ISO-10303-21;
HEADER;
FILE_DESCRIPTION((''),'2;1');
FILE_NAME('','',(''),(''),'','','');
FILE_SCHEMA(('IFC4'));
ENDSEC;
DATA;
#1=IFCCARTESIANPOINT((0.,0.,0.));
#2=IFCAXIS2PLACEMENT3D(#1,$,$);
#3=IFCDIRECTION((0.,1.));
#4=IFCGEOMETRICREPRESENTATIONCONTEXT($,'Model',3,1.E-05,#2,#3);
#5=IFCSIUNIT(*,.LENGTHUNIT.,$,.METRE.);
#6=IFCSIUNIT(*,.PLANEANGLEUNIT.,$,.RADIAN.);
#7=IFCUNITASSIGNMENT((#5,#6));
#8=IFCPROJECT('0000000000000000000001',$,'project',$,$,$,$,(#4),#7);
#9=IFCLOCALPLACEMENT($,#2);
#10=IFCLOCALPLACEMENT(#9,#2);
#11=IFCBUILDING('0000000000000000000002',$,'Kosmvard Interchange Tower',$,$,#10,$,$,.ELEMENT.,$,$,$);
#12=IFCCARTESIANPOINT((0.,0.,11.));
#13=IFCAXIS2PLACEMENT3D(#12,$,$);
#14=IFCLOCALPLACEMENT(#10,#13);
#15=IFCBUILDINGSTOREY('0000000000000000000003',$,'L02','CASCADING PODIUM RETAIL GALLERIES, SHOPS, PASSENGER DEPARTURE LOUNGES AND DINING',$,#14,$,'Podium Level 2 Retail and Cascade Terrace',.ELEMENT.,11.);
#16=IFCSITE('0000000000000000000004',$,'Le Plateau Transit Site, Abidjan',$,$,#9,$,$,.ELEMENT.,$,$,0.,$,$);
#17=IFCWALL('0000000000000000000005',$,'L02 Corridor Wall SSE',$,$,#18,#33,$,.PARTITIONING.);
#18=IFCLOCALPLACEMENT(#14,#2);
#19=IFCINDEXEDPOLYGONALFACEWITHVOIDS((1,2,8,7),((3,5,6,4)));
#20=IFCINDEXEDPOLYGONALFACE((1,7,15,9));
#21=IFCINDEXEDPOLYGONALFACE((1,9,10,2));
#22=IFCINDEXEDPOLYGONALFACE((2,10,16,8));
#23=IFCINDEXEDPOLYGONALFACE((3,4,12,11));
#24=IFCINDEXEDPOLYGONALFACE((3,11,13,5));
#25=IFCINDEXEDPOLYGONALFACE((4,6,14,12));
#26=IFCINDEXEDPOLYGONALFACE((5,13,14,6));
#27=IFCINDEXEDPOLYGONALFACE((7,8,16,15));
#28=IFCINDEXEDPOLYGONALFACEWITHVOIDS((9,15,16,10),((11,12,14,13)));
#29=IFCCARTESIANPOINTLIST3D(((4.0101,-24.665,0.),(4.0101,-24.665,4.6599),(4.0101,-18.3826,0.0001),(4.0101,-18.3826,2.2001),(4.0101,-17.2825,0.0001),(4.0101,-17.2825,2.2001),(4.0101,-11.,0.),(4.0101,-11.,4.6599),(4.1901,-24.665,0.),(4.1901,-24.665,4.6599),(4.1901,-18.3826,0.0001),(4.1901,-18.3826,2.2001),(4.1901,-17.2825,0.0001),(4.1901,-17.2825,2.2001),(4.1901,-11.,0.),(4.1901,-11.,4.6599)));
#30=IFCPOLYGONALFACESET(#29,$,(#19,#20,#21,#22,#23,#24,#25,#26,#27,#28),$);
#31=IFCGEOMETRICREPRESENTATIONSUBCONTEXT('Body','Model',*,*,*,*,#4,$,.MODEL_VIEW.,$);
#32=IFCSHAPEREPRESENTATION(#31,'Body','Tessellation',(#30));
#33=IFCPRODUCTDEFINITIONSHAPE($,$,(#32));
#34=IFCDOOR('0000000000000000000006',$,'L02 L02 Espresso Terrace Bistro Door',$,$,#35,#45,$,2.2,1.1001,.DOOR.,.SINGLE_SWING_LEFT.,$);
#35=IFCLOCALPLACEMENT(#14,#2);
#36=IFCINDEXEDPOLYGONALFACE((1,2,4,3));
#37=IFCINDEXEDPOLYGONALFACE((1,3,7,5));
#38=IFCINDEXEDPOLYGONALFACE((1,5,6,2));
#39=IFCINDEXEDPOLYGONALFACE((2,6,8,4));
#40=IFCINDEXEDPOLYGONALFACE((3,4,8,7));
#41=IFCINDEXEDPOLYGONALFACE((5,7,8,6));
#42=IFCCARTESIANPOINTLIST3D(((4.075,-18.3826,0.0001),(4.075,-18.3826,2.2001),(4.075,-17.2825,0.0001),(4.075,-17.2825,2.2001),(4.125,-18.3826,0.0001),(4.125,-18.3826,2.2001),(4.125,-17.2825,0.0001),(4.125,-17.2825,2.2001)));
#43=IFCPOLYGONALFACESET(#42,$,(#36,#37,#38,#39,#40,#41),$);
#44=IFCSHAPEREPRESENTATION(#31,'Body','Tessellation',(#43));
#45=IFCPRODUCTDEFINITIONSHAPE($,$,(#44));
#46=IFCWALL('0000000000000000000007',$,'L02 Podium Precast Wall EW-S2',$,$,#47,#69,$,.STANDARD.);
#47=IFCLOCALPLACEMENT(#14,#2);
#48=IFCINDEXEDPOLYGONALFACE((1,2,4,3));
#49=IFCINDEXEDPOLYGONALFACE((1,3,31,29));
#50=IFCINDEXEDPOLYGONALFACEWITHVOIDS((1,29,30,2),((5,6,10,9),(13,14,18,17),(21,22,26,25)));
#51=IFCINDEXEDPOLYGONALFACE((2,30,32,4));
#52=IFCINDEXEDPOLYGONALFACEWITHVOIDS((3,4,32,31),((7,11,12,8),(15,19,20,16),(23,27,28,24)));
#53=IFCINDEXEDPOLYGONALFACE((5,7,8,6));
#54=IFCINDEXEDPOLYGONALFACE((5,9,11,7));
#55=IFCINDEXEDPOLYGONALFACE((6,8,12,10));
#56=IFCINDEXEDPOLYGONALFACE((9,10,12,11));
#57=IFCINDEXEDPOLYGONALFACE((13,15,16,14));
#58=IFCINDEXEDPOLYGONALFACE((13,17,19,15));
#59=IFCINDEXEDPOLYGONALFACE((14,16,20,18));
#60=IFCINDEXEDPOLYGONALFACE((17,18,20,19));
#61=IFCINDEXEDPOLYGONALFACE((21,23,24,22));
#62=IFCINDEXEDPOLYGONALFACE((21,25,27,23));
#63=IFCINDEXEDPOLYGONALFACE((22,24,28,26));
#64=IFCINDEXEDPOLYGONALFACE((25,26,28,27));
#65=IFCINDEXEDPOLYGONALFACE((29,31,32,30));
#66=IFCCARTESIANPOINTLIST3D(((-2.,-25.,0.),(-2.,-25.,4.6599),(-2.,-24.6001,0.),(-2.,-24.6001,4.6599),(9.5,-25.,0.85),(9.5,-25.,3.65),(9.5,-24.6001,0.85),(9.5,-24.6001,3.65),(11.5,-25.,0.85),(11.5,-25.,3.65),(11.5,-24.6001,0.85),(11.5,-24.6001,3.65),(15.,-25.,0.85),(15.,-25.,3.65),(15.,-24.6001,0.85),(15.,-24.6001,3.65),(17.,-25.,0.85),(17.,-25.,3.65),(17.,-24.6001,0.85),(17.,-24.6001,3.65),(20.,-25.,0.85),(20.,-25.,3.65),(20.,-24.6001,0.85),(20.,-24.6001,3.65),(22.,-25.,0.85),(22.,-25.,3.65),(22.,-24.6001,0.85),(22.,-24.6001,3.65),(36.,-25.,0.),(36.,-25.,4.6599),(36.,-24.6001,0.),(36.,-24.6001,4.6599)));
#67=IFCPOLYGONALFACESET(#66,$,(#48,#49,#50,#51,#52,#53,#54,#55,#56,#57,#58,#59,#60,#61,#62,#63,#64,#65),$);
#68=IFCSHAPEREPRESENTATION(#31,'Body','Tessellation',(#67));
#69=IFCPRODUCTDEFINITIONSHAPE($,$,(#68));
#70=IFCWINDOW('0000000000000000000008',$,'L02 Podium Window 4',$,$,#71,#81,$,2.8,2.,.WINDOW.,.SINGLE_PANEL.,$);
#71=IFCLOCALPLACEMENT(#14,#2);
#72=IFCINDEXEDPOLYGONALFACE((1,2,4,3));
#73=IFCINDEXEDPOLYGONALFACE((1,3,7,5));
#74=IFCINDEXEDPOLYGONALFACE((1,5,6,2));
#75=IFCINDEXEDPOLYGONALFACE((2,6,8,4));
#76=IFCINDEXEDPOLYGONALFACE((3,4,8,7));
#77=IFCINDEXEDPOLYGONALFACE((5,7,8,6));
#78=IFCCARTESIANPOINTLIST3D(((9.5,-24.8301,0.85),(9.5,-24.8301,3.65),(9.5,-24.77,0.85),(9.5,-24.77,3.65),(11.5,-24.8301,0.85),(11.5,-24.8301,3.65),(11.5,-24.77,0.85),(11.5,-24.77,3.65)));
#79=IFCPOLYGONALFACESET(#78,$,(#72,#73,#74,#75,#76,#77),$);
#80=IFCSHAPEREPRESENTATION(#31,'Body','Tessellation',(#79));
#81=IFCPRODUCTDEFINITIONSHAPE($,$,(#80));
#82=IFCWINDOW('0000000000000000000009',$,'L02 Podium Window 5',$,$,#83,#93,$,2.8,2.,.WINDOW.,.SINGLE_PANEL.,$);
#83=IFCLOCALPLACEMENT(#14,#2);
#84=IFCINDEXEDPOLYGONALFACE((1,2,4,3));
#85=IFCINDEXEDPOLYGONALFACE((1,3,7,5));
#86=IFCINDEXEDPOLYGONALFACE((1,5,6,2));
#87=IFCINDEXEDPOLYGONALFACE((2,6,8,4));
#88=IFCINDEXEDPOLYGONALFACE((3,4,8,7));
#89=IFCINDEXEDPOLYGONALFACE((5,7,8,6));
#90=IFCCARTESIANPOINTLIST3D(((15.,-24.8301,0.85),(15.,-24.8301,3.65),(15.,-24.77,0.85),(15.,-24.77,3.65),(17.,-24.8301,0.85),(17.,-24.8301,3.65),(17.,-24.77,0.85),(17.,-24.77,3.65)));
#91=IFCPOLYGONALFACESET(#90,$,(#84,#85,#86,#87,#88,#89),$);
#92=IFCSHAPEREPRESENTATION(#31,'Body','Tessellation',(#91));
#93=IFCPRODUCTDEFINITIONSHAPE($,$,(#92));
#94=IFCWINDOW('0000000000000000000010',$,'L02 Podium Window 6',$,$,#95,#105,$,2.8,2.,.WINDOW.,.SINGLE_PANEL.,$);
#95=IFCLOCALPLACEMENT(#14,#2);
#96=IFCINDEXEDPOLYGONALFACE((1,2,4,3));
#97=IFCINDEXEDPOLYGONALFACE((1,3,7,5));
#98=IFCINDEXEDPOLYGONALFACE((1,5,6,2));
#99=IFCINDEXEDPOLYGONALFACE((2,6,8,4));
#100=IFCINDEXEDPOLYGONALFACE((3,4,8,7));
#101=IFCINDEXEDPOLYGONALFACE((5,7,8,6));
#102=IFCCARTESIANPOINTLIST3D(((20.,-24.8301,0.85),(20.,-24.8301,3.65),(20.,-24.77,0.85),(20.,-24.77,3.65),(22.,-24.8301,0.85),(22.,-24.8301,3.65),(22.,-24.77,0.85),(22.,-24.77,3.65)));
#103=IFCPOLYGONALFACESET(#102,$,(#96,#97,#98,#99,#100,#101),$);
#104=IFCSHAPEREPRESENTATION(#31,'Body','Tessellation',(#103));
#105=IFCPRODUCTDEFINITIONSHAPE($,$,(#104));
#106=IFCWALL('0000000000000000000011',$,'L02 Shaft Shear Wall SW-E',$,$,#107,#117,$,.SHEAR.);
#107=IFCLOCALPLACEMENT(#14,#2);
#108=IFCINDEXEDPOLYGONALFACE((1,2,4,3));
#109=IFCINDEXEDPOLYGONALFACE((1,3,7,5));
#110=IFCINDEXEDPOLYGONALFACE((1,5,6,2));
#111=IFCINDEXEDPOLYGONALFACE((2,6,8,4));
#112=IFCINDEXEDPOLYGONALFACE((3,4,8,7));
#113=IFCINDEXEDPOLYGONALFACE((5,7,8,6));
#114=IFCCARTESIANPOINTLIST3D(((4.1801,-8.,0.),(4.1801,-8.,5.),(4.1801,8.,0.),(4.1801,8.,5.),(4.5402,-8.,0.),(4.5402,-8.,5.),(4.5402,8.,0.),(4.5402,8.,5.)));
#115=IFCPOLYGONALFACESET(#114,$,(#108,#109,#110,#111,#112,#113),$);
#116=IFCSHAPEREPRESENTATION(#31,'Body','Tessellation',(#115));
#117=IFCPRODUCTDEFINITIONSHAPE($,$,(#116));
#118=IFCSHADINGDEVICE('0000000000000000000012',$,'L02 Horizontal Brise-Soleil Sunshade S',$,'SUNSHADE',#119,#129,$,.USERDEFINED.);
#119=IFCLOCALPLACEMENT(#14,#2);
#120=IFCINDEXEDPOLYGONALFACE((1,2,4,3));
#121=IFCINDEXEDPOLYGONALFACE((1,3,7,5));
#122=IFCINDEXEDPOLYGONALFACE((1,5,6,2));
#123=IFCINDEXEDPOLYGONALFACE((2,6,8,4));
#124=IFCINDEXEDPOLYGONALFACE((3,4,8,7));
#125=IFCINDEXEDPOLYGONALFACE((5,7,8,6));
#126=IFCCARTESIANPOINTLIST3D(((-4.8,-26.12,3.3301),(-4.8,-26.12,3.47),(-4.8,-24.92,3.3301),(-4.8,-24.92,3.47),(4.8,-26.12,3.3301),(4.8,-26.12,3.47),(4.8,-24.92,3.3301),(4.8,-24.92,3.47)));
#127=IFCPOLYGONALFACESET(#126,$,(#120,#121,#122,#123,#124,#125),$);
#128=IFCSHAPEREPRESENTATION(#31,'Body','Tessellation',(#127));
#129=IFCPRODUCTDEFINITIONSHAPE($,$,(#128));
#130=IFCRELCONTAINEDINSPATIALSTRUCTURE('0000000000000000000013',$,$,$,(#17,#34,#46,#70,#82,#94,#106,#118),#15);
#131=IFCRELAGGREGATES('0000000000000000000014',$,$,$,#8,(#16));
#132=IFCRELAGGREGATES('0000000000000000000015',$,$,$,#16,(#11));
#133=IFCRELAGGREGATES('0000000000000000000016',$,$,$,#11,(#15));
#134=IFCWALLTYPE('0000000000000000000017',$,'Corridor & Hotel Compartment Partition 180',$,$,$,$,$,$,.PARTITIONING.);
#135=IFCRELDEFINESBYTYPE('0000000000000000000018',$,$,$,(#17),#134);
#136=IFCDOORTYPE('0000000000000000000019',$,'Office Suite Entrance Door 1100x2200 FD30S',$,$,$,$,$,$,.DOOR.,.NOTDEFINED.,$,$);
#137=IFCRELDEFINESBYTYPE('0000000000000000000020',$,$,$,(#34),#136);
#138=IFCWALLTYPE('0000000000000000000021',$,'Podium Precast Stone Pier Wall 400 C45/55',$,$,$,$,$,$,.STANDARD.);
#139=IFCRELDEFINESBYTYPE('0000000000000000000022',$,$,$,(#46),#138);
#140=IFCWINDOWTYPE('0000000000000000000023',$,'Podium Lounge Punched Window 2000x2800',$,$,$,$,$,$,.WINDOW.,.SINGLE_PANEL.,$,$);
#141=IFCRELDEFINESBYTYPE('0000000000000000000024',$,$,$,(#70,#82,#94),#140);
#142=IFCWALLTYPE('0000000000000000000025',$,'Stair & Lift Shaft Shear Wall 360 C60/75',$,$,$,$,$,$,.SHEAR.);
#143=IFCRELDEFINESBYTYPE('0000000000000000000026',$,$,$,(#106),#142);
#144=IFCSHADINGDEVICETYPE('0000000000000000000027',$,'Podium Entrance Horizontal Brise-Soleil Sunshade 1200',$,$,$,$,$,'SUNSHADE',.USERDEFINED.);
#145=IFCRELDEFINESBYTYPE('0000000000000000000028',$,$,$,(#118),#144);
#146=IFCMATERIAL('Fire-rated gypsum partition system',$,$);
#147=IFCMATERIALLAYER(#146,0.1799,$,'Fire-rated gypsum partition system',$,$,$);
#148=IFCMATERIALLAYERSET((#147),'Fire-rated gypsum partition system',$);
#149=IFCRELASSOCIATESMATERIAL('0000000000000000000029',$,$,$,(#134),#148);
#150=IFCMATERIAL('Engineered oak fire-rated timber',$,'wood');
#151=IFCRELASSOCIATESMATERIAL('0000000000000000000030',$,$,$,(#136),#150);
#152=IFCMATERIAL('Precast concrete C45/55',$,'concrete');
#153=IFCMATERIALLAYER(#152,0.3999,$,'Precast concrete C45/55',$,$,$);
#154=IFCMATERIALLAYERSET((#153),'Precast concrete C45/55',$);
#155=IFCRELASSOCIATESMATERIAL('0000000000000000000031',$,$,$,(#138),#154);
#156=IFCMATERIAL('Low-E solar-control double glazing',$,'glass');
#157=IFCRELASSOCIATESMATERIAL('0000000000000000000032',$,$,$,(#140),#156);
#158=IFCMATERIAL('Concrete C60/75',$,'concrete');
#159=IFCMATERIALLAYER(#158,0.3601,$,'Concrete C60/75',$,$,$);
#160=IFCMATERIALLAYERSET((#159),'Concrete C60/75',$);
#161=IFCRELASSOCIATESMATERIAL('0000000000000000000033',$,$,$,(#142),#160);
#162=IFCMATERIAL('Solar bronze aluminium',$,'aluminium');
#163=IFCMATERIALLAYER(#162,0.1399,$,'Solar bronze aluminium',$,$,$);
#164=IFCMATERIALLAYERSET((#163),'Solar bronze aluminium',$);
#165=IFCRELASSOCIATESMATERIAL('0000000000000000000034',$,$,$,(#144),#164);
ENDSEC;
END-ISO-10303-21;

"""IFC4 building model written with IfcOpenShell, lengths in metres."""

from ifc_helpers import new_model, si_unit, direction, frame, frame_2d, origin, origin_2d, place, context, subcontext, project, spatial, rectangle, extrude, source, transform, mapped, material, layer, layer_set, type_object, element, fill, save


model = new_model("IFC4")

# Units and contexts
model_context = context("Model", 3, precision=1e-05, world=origin(), true_north=direction((0.0, 1.0)))
body_context = subcontext(model_context, "Body", "Model", "MODEL_VIEW")
ifc_project = project(units=[si_unit("LENGTHUNIT", "METRE"), si_unit("PLANEANGLEUNIT", "RADIAN")], contexts=[model_context])

# Site, building, storey
site_placement = place(None, origin())
site = spatial("IfcSite", under=ifc_project, at=site_placement, Name="Le Plateau Transit Site, Abidjan", CompositionType="ELEMENT", RefElevation=0.0)
building_placement = place(site_placement, origin())
building = spatial("IfcBuilding", under=site, at=building_placement, Name="Kosmvard Interchange Tower", CompositionType="ELEMENT")
storey_placement = place(building_placement, frame((0.0, 0.0, 11.0)))
storey = spatial("IfcBuildingStorey", under=building, at=storey_placement, Name="L02", Description="CASCADING PODIUM RETAIL GALLERIES, SHOPS, PASSENGER DEPARTURE LOUNGES AND DINING", LongName="Podium Level 2 Retail and Cascade Terrace", CompositionType="ELEMENT", Elevation=11.0)

# Shared definitions
ifc_material_1 = material(Name="Concrete C60/75", Category="concrete")

# Shared definitions
ifc_material_2 = material(Name="Fire-rated gypsum partition system")
ifc_layer_1 = layer(ifc_material_2, 0.1799, Name="Fire-rated gypsum partition system")
ifc_layer_set_1 = layer_set([ifc_layer_1], Name="Fire-rated gypsum partition system")
wall_type_1 = type_object("IfcWallType", Name="Corridor & Hotel Compartment Partition 180", PredefinedType="PARTITIONING", material=ifc_layer_set_1)

# Wall, opening, door
ifc_material_3 = material(Name="Engineered oak fire-rated timber", Category="wood")
door_type = type_object("IfcDoorType", Name="Office Suite Entrance Door 1100x2200 FD30S", OperationType="NOTDEFINED", PredefinedType="DOOR", material=ifc_material_3)
shared_shape_1 = source(origin(), body_context, "Body", "SweptSolid", [
    extrude(rectangle(XDim=1.1001, YDim=2.2, at=frame_2d((0.55, 1.1001))), frame((0.0, 0.0249, 0.0), z_axis=(0.0, -1.0, 0.0), x_axis=(1.0, 0.0, 0.0)), (0.0, 0.0, 1.0), 0.05),
])
wall_1_placement = place(storey_placement, frame((4.1001, -24.665, 0.0), z_axis=(0.0, 0.0, 1.0), x_axis=(0.0, 1.0, 0.0)))
wall_1 = element("IfcWall", 1, at=wall_1_placement, inside=storey, type_object=wall_type_1, Name="L02 Corridor Wall SSE", PredefinedType="PARTITIONING", context=body_context, shape_type="SweptSolid", body=[
    extrude(rectangle(XDim=13.665, YDim=0.1799, at=frame_2d((6.8325, 0.0))), origin(), (0.0, 0.0, 1.0), 4.6599),
])
opening_1_placement = place(wall_1_placement, frame((6.2825, 0.0, 0.0)))
opening_1 = element("IfcOpeningElement", 2, at=opening_1_placement, cuts=wall_1, PredefinedType="OPENING", context=body_context, shape_type="SweptSolid", body=[
    extrude(rectangle(XDim=1.1001, YDim=2.2, at=frame_2d((0.55, 1.1001))), frame((0.0, 0.1001, 0.0), z_axis=(0.0, -1.0, 0.0), x_axis=(1.0, 0.0, 0.0)), (0.0, 0.0, 1.0), 0.2),
])
door_1_placement = place(opening_1_placement, frame((1.1001, 0.0, 0.0), z_axis=(0.0, 0.0, 1.0), x_axis=(-1.0, 0.0, 0.0)))
door_1 = element("IfcDoor", 3, at=door_1_placement, inside=storey, type_object=door_type, Name="L02 L02 Espresso Terrace Bistro Door", OperationType="SINGLE_SWING_LEFT", OverallHeight=2.2, OverallWidth=1.1001, PredefinedType="DOOR", context=body_context, shape_type="MappedRepresentation", body=[
    mapped(shared_shape_1, transform((0.0, 0.0, 0.0), scale=1.0)),
])
fill(opening_1, door_1)

# Wall, openings, windows
ifc_material_4 = material(Name="Precast concrete C45/55", Category="concrete")
ifc_layer_2 = layer(ifc_material_4, 0.3999, Name="Precast concrete C45/55")
ifc_layer_set_2 = layer_set([ifc_layer_2], Name="Precast concrete C45/55")
wall_type_2 = type_object("IfcWallType", Name="Podium Precast Stone Pier Wall 400 C45/55", PredefinedType="STANDARD", material=ifc_layer_set_2)
wall_2_placement = place(storey_placement, frame((-2.0, -24.8, 0.0), z_axis=(0.0, 0.0, 1.0), x_axis=(1.0, 0.0, 0.0)))
wall_2 = element("IfcWall", 4, at=wall_2_placement, inside=storey, type_object=wall_type_2, Name="L02 Podium Precast Wall EW-S2", PredefinedType="STANDARD", context=body_context, shape_type="SweptSolid", body=[
    extrude(rectangle(XDim=38.0, YDim=0.3999, at=frame_2d((19.0, 0.0))), origin(), (0.0, 0.0, 1.0), 4.6599),
])
opening_2_placement = place(wall_2_placement, frame((11.5, 0.0, 0.8501)))
opening_2 = element("IfcOpeningElement", 5, at=opening_2_placement, cuts=wall_2, PredefinedType="OPENING", context=body_context, shape_type="SweptSolid", body=[
    extrude(rectangle(XDim=2.0, YDim=2.8, at=frame_2d((1.0, 1.3999))), frame((0.0, 0.21, 0.0), z_axis=(0.0, -1.0, 0.0), x_axis=(1.0, 0.0, 0.0)), (0.0, 0.0, 1.0), 0.4199),
])
opening_3_placement = place(wall_2_placement, frame((17.0, 0.0, 0.8501)))
opening_3 = element("IfcOpeningElement", 6, at=opening_3_placement, cuts=wall_2, PredefinedType="OPENING", context=body_context, shape_type="SweptSolid", body=[
    extrude(rectangle(XDim=2.0, YDim=2.8, at=frame_2d((1.0, 1.3999))), frame((0.0, 0.21, 0.0), z_axis=(0.0, -1.0, 0.0), x_axis=(1.0, 0.0, 0.0)), (0.0, 0.0, 1.0), 0.4199),
])
opening_4_placement = place(wall_2_placement, frame((22.0, 0.0, 0.8501)))
opening_4 = element("IfcOpeningElement", 7, at=opening_4_placement, cuts=wall_2, PredefinedType="OPENING", context=body_context, shape_type="SweptSolid", body=[
    extrude(rectangle(XDim=2.0, YDim=2.8, at=frame_2d((1.0, 1.3999))), frame((0.0, 0.21, 0.0), z_axis=(0.0, -1.0, 0.0), x_axis=(1.0, 0.0, 0.0)), (0.0, 0.0, 1.0), 0.4199),
])
ifc_material_5 = material(Name="Low-E solar-control double glazing", Category="glass")
window_type = type_object("IfcWindowType", Name="Podium Lounge Punched Window 2000x2800", PartitioningType="SINGLE_PANEL", PredefinedType="WINDOW", material=ifc_material_5)
shared_shape_2 = source(origin(), body_context, "Body", "SweptSolid", [
    extrude(rectangle(XDim=2.0, YDim=2.8, at=frame_2d((1.0, 1.3999))), frame((0.0, 0.03, 0.0), z_axis=(0.0, -1.0, 0.0), x_axis=(1.0, 0.0, 0.0)), (0.0, 0.0, 1.0), 0.0601),
])
window_1_placement = place(opening_2_placement, origin())
window_1 = element("IfcWindow", 8, at=window_1_placement, inside=storey, type_object=window_type, Name="L02 Podium Window 4", OverallHeight=2.8, OverallWidth=2.0, PartitioningType="SINGLE_PANEL", PredefinedType="WINDOW", context=body_context, shape_type="MappedRepresentation", body=[
    mapped(shared_shape_2, transform((0.0, 0.0, 0.0), scale=1.0)),
])
fill(opening_2, window_1)
window_2_placement = place(opening_3_placement, origin())
window_2 = element("IfcWindow", 9, at=window_2_placement, inside=storey, type_object=window_type, Name="L02 Podium Window 5", OverallHeight=2.8, OverallWidth=2.0, PartitioningType="SINGLE_PANEL", PredefinedType="WINDOW", context=body_context, shape_type="MappedRepresentation", body=[
    mapped(shared_shape_2, transform((0.0, 0.0, 0.0), scale=1.0)),
])
fill(opening_3, window_2)
window_3_placement = place(opening_4_placement, origin())
window_3 = element("IfcWindow", 10, at=window_3_placement, inside=storey, type_object=window_type, Name="L02 Podium Window 6", OverallHeight=2.8, OverallWidth=2.0, PartitioningType="SINGLE_PANEL", PredefinedType="WINDOW", context=body_context, shape_type="MappedRepresentation", body=[
    mapped(shared_shape_2, transform((0.0, 0.0, 0.0), scale=1.0)),
])
fill(opening_4, window_3)

# Wall
ifc_layer_3 = layer(ifc_material_1, 0.3601, Name="Concrete C60/75")
ifc_layer_set_3 = layer_set([ifc_layer_3], Name="Concrete C60/75")
wall_type_3 = type_object("IfcWallType", Name="Stair & Lift Shaft Shear Wall 360 C60/75", PredefinedType="SHEAR", material=ifc_layer_set_3)
wall_3_placement = place(storey_placement, frame((4.3601, -8.0, 0.0), z_axis=(0.0, 0.0, 1.0), x_axis=(0.0, 1.0, 0.0)))
element("IfcWall", 11, at=wall_3_placement, inside=storey, type_object=wall_type_3, Name="L02 Shaft Shear Wall SW-E", PredefinedType="SHEAR", context=body_context, shape_type="SweptSolid", body=[
    extrude(rectangle(XDim=16.0, YDim=0.3601, at=frame_2d((8.0, 0.0))), origin(), (0.0, 0.0, 1.0), 5.0),
])

# Shading device
ifc_material_6 = material(Name="Solar bronze aluminium", Category="aluminium")
ifc_layer_4 = layer(ifc_material_6, 0.1399, Name="Solar bronze aluminium")
ifc_layer_set_4 = layer_set([ifc_layer_4], Name="Solar bronze aluminium")
shading_device_type = type_object("IfcShadingDeviceType", Name="Podium Entrance Horizontal Brise-Soleil Sunshade 1200", ElementType="SUNSHADE", PredefinedType="USERDEFINED", material=ifc_layer_set_4)
shared_shape_3 = source(origin(), body_context, "Body", "SweptSolid", [
    extrude(rectangle(XDim=9.6001, YDim=1.2, at=origin_2d()), origin(), (0.0, 0.0, 1.0), 0.1399),
])
shading_device_placement = place(storey_placement, frame((0.0, -25.52, 3.3301), z_axis=(0.0, 0.0, 1.0), x_axis=(1.0, 0.0, 0.0)))
element("IfcShadingDevice", 12, at=shading_device_placement, inside=storey, type_object=shading_device_type, Name="L02 Horizontal Brise-Soleil Sunshade S", ObjectType="SUNSHADE", PredefinedType="USERDEFINED", context=body_context, shape_type="MappedRepresentation", body=[
    mapped(shared_shape_3, transform((0.0, 0.0, 0.0), scale=1.0)),
])

save(model, "model.ifc")
